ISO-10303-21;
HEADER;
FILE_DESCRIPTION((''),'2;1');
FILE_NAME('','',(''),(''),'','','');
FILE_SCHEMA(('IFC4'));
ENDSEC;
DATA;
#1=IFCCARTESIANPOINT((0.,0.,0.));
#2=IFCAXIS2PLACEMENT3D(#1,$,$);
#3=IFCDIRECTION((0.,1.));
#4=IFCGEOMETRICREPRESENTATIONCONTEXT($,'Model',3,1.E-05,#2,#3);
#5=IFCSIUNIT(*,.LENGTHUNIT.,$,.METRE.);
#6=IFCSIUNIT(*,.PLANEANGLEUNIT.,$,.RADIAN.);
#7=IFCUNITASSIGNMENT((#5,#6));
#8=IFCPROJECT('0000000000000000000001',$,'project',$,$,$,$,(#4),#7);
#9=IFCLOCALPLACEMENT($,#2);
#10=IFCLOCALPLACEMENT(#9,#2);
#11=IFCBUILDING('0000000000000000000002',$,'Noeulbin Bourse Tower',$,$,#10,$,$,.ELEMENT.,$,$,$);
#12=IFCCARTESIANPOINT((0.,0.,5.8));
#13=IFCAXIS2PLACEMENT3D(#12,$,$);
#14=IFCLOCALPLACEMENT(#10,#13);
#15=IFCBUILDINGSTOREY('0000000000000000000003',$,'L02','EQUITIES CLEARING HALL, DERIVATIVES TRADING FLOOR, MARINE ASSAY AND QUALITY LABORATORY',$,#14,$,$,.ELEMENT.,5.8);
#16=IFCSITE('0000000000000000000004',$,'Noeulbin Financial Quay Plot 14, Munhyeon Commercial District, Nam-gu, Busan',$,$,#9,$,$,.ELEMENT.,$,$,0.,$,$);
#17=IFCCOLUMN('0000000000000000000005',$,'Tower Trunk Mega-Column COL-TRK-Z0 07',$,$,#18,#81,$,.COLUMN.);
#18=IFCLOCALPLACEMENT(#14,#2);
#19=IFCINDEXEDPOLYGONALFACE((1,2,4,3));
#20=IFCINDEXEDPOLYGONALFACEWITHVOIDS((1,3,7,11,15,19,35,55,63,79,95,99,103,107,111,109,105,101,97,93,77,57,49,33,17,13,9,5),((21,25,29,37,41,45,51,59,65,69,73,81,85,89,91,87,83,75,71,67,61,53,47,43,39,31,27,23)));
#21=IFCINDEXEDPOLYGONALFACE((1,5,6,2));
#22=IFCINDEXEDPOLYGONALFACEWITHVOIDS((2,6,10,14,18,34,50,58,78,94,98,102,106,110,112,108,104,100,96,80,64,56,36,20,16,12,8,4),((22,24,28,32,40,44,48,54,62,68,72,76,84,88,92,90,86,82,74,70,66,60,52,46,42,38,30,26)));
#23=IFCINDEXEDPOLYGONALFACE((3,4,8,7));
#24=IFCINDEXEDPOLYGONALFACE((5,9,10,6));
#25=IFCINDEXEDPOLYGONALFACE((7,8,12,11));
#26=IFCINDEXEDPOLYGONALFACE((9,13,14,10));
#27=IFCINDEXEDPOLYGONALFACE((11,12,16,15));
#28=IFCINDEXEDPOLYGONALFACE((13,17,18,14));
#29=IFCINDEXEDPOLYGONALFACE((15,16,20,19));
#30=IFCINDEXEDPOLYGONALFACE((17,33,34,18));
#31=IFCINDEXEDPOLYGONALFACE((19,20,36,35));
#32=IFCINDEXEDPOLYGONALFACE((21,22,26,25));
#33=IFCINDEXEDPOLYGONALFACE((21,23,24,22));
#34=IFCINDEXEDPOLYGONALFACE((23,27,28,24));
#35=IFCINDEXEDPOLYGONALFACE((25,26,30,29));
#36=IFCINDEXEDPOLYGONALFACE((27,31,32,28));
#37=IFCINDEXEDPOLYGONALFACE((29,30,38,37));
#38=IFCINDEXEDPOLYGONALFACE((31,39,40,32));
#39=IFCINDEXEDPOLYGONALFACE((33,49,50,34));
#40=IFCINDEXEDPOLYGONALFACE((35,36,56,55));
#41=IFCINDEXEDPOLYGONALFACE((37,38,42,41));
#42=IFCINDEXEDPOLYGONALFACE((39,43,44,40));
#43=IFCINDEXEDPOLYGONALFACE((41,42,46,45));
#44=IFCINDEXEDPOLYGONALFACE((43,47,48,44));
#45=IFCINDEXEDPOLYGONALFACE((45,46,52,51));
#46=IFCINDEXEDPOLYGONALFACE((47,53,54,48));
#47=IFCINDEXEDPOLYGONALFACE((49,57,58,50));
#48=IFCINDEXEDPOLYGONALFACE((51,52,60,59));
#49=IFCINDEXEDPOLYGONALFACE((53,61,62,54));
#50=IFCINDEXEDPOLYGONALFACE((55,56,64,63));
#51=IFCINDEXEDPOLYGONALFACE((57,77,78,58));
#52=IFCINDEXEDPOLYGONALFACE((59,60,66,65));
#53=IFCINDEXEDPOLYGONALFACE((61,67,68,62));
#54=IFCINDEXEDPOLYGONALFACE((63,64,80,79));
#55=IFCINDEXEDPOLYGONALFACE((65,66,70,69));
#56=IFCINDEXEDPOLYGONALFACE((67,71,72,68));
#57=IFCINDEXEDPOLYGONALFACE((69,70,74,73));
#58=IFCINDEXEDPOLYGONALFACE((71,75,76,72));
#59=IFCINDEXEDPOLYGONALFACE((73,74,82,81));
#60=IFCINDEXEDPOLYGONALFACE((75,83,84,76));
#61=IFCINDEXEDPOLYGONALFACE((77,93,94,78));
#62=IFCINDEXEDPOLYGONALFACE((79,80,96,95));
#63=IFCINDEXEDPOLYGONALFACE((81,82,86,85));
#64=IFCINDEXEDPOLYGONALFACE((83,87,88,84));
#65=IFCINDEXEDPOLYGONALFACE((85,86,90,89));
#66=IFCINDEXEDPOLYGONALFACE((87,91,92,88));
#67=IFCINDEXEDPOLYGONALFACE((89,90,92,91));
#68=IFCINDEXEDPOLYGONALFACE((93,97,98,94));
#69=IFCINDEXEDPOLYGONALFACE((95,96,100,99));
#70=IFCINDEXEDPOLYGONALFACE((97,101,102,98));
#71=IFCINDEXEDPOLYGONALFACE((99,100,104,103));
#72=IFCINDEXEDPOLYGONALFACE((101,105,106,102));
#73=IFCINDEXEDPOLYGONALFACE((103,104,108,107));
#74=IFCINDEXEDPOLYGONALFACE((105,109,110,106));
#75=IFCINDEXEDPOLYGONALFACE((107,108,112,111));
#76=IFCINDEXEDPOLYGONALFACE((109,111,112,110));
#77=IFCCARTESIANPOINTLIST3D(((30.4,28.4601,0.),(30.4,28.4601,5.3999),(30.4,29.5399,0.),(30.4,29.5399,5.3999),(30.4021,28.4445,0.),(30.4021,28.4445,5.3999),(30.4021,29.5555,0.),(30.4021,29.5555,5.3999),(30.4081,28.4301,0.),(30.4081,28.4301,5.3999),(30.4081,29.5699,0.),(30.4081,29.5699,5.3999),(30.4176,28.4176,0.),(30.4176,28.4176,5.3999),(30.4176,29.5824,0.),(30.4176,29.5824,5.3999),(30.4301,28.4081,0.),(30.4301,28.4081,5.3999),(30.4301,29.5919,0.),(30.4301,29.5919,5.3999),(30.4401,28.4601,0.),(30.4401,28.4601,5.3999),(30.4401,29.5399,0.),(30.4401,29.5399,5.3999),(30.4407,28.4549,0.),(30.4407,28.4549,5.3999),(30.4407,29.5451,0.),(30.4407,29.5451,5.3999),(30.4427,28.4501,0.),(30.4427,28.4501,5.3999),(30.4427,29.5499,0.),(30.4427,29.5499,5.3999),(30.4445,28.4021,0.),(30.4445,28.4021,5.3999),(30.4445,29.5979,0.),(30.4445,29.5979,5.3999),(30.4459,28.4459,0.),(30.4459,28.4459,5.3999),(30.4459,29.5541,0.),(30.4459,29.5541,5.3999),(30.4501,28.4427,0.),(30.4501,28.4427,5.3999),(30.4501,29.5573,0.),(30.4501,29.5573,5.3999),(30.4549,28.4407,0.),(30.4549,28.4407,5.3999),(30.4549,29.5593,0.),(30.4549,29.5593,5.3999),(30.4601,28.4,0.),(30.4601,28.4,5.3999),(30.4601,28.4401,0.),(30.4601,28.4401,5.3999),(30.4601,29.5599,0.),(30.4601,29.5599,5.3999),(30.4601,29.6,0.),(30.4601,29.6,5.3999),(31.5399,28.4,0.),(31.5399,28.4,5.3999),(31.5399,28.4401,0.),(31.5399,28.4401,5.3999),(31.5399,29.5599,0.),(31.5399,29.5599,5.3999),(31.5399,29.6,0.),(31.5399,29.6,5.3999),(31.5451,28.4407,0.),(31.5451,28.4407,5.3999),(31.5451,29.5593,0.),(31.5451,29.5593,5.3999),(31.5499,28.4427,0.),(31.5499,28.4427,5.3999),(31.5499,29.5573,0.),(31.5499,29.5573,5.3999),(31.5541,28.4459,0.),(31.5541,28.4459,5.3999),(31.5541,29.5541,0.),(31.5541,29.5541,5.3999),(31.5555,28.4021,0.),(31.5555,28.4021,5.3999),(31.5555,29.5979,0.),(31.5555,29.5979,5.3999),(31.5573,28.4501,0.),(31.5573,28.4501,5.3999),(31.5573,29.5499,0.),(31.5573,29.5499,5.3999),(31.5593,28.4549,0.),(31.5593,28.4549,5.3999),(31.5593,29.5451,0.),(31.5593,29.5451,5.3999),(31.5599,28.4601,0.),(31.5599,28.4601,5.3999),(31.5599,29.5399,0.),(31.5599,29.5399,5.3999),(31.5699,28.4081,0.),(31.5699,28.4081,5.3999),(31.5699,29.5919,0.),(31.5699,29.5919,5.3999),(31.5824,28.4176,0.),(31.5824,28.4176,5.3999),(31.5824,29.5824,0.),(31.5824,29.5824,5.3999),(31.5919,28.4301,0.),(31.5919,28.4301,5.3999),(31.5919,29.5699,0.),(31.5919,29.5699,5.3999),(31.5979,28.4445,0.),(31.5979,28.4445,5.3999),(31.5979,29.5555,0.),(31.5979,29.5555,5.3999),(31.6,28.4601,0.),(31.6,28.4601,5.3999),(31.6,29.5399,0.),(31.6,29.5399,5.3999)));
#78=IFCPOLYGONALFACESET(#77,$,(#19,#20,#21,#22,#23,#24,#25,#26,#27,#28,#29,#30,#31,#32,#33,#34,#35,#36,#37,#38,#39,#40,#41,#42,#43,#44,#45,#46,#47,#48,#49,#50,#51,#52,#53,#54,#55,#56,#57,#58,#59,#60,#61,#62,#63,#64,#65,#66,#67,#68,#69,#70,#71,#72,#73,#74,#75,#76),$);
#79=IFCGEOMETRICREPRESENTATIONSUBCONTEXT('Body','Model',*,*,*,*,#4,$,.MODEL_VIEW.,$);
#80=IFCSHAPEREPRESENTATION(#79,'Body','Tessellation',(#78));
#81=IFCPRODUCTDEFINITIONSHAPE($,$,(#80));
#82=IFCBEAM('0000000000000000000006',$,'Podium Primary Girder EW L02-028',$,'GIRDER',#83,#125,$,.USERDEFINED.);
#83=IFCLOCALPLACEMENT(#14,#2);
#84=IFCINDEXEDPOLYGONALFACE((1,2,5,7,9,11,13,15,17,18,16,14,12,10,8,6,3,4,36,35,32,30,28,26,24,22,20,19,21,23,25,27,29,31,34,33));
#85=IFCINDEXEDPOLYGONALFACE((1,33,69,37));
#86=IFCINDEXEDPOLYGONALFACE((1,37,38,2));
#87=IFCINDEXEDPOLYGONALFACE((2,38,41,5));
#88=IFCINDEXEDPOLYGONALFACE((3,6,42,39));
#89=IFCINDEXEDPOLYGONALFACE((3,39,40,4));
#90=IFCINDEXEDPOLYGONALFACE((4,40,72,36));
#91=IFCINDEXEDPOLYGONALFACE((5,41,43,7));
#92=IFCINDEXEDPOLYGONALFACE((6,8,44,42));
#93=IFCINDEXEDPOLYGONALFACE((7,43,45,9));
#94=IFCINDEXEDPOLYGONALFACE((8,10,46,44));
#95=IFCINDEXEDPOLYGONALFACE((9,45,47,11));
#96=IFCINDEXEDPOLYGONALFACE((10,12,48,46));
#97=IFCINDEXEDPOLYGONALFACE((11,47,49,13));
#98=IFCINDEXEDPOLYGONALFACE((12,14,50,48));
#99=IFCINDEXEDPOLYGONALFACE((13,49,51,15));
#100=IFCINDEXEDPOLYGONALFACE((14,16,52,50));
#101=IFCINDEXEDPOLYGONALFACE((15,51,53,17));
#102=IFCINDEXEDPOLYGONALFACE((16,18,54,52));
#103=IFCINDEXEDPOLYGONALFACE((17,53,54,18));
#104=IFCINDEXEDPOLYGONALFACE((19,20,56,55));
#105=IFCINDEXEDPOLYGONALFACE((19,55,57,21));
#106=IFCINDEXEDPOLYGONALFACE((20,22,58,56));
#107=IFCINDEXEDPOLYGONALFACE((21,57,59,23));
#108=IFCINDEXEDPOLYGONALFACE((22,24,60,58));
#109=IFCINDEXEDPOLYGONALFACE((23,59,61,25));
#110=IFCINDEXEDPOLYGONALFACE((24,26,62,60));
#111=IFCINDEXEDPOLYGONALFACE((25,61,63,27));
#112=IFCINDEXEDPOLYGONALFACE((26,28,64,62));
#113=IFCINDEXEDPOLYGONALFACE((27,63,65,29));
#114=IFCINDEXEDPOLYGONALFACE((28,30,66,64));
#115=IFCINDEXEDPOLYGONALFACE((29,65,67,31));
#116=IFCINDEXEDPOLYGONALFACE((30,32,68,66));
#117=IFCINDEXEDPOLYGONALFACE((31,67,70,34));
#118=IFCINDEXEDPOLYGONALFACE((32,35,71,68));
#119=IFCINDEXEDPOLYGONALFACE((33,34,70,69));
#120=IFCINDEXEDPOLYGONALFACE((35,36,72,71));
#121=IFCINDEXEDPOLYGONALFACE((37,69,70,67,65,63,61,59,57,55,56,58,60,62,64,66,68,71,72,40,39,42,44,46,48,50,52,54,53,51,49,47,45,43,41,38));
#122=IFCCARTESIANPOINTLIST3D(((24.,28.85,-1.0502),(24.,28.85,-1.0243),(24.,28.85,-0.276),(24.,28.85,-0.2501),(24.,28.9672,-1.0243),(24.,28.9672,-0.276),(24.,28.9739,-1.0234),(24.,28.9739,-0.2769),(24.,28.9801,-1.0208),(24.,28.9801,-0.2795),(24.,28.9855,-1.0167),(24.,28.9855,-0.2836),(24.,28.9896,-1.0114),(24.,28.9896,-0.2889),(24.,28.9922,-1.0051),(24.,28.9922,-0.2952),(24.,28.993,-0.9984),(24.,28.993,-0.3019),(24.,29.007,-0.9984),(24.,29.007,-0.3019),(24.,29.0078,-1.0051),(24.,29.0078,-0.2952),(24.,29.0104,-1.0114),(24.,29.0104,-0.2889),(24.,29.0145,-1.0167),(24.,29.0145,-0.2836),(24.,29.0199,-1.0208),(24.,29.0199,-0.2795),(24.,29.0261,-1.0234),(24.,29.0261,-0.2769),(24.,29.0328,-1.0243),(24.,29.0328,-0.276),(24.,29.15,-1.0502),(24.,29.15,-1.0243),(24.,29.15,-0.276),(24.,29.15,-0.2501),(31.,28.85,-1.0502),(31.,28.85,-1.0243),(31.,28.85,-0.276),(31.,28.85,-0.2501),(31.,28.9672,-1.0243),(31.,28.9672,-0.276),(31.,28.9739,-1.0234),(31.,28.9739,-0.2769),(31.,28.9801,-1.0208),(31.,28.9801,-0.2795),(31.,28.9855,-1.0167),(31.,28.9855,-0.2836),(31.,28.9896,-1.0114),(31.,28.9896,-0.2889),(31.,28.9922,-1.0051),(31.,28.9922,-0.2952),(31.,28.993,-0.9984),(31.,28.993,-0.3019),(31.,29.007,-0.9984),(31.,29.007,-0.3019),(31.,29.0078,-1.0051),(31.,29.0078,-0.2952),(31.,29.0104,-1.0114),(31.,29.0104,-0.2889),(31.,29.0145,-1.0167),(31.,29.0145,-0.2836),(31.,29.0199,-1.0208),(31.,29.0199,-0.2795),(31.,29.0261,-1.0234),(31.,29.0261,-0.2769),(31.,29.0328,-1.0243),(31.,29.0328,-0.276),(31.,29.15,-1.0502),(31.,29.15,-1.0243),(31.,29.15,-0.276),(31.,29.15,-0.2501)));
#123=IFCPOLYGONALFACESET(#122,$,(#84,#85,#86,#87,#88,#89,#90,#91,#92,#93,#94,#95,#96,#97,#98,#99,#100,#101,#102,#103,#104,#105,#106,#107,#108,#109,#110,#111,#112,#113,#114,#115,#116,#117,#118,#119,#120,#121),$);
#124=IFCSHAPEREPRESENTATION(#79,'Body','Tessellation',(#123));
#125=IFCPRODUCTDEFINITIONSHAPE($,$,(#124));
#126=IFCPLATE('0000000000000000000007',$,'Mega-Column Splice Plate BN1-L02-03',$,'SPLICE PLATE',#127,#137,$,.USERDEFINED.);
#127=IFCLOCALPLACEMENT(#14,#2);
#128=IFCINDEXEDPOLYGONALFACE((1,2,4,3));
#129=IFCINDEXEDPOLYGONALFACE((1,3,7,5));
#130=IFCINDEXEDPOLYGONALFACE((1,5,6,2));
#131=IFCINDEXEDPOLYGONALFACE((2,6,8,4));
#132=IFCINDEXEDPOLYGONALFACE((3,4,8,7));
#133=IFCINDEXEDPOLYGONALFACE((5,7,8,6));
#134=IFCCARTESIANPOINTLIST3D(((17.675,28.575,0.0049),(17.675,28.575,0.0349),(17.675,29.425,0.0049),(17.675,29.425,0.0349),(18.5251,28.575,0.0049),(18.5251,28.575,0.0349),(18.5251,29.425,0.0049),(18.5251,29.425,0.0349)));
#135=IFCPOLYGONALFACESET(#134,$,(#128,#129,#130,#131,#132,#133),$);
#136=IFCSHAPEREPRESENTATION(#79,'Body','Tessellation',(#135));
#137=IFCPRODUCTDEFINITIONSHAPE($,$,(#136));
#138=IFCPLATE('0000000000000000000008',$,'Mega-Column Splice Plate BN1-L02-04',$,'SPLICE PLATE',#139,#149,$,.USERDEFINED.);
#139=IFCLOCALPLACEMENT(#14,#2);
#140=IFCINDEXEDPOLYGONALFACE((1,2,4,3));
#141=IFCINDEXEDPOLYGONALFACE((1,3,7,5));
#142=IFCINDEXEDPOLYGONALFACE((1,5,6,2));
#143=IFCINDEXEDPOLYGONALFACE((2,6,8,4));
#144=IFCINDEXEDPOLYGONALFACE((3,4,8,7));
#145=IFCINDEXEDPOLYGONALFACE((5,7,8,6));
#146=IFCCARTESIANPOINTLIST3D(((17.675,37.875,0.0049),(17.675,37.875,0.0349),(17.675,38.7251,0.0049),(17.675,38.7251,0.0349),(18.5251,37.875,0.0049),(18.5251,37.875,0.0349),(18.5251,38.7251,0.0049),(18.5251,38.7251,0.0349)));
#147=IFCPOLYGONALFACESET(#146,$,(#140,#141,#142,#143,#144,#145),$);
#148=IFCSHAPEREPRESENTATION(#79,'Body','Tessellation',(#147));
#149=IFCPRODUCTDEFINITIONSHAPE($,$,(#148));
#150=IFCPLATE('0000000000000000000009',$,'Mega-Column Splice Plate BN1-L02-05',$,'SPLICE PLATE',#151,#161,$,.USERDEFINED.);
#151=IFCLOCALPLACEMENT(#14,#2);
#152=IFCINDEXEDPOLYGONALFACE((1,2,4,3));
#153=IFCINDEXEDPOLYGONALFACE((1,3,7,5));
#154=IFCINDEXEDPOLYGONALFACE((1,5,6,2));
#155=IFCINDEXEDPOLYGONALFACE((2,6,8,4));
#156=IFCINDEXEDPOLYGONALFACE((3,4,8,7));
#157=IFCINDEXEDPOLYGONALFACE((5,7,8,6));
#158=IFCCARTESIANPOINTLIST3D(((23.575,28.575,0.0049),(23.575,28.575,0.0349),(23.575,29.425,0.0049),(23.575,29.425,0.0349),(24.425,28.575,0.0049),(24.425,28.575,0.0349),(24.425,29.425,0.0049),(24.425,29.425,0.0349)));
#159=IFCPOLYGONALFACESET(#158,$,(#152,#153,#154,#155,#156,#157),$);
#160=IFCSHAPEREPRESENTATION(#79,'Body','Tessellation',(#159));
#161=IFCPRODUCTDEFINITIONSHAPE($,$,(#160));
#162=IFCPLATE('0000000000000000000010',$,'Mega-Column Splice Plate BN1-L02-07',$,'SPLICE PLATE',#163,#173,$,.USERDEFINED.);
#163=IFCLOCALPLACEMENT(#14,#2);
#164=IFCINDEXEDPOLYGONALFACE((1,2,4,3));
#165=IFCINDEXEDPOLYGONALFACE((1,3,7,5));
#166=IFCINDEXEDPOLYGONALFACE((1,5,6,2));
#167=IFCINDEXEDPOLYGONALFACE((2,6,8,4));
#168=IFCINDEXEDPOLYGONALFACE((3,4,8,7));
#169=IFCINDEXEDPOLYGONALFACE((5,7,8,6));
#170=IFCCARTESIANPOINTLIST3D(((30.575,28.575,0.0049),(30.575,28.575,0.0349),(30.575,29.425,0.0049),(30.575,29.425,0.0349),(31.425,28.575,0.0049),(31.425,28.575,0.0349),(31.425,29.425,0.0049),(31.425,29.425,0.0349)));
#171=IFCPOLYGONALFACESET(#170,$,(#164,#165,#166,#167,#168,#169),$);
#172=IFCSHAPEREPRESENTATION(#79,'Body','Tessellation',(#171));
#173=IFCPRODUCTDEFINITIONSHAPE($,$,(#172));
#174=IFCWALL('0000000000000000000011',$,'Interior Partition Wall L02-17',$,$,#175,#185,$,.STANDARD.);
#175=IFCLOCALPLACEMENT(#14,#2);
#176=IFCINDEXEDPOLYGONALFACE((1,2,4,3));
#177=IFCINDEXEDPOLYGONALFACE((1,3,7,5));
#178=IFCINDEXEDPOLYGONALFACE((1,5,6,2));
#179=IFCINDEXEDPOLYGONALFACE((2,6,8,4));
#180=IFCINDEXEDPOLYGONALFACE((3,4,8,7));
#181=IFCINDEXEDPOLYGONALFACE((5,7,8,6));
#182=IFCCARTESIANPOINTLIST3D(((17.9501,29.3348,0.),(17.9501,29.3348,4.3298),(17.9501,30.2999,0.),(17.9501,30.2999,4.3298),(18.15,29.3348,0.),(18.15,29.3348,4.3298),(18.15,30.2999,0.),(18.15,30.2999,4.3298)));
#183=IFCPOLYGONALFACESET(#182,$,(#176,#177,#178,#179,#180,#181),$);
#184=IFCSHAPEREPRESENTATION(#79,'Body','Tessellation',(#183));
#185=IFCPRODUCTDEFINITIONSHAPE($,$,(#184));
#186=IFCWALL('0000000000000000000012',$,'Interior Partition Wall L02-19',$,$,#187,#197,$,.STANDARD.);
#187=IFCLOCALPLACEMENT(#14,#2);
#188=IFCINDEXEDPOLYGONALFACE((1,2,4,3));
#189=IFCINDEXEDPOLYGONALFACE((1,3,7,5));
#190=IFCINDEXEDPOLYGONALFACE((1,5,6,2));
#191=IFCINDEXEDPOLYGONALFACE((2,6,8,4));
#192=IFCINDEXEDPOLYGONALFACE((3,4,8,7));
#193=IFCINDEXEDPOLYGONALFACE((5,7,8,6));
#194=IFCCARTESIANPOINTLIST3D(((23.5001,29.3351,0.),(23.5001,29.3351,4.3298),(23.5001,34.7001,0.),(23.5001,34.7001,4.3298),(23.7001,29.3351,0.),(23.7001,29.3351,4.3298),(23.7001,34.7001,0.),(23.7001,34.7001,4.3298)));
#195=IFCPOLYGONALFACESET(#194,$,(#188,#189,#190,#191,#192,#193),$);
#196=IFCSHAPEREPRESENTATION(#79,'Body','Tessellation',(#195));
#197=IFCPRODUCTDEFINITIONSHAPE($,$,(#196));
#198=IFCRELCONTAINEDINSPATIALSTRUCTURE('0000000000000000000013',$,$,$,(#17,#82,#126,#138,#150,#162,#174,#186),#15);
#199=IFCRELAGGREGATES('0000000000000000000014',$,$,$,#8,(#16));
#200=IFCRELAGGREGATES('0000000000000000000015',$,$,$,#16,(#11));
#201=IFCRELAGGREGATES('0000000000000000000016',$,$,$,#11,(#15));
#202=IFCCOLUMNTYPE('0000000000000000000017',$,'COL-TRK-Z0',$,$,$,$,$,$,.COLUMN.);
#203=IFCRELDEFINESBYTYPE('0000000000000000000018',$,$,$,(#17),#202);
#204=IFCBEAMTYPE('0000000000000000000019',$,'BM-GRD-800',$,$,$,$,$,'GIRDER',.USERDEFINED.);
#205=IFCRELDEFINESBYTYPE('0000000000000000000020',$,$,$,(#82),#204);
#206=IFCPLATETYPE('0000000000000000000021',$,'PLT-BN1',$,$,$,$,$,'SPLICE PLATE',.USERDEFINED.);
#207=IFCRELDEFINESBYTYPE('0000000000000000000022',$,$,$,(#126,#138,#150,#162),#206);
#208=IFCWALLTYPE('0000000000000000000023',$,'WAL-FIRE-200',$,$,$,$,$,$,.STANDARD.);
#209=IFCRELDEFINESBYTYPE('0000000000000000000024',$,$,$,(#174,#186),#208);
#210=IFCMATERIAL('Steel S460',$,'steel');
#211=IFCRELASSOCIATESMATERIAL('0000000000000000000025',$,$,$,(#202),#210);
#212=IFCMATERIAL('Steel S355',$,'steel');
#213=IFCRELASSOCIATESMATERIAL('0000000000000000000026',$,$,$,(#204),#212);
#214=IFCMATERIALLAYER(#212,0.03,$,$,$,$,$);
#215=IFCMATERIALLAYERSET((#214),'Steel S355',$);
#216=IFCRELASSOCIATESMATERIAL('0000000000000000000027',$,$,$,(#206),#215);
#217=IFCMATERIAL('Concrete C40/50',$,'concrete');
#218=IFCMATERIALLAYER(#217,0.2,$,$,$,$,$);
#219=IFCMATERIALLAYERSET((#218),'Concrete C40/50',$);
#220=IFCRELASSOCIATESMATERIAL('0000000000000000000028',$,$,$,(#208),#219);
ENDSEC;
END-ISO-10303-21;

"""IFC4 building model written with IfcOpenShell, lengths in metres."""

from ifc_helpers import new_model, si_unit, direction, frame, frame_2d, origin, origin_2d, place, context, subcontext, project, spatial, rectangle, hollow_rectangle, i_section, extrude, material, layer, layer_set, material_profile, profile_set, type_object, element, save


model = new_model("IFC4")

# Units and contexts
model_context = context("Model", 3, precision=1e-05, world=origin(), true_north=direction((0.0, 1.0)))
body_context = subcontext(model_context, "Body", "Model", "MODEL_VIEW")
ifc_project = project(units=[si_unit("LENGTHUNIT", "METRE"), si_unit("PLANEANGLEUNIT", "RADIAN")], contexts=[model_context])

# Site, building, storey
site_placement = place(None, origin())
site = spatial("IfcSite", under=ifc_project, at=site_placement, Name="Noeulbin Financial Quay Plot 14, Munhyeon Commercial District, Nam-gu, Busan", CompositionType="ELEMENT", RefElevation=0.0)
building_placement = place(site_placement, origin())
building = spatial("IfcBuilding", under=site, at=building_placement, Name="Noeulbin Bourse Tower", CompositionType="ELEMENT")
storey_placement = place(building_placement, frame((0.0, 0.0, 5.8)))
storey = spatial("IfcBuildingStorey", under=building, at=storey_placement, Name="L02", Description="EQUITIES CLEARING HALL, DERIVATIVES TRADING FLOOR, MARINE ASSAY AND QUALITY LABORATORY", CompositionType="ELEMENT", Elevation=5.8)

# Column
ifc_material_1 = material(Name="Steel S460", Category="steel")
ifc_material_profile_1 = material_profile(ifc_material_1, hollow_rectangle(XDim=1.2, YDim=1.2, WallThickness=0.04, InnerFilletRadius=0.02, OuterFilletRadius=0.0601, at=origin_2d()), Name="BOX-1200x1200x40", Category="LoadBearing")
ifc_profile_set_1 = profile_set([ifc_material_profile_1], Name="Steel S460")
column_type = type_object("IfcColumnType", Name="COL-TRK-Z0", PredefinedType="COLUMN", material=ifc_profile_set_1)
for number, where, z_axis, x_axis, name in (
    (1, (31.0, 29.0, 0.0), (0.0, 0.0, 1.0), (1.0, 0.0, 0.0), "Tower Trunk Mega-Column COL-TRK-Z0 07"),
):
    element("IfcColumn", number, at=place(storey_placement, frame(where, z_axis=z_axis, x_axis=x_axis)), inside=storey, type_object=column_type, Name=name, PredefinedType="COLUMN", context=body_context, shape_type="SweptSolid", body=[
        extrude(hollow_rectangle(XDim=1.2, YDim=1.2, WallThickness=0.04, InnerFilletRadius=0.02, OuterFilletRadius=0.0601, at=origin_2d()), origin(), (0.0, 0.0, 1.0), 5.3999),
    ])

# Beam
ifc_material_2 = material(Name="Steel S355", Category="steel")
ifc_material_profile_2 = material_profile(ifc_material_2, i_section(OverallWidth=0.3, OverallDepth=0.8, WebThickness=0.0139, FlangeThickness=0.0259, FilletRadius=0.0259, at=origin_2d()), Name="H-800x300x14x26", Category="LoadBearing")
ifc_profile_set_2 = profile_set([ifc_material_profile_2], Name="Steel S355")
beam_type = type_object("IfcBeamType", Name="BM-GRD-800", ElementType="GIRDER", PredefinedType="USERDEFINED", material=ifc_profile_set_2)
beam_placement = place(storey_placement, frame((24.0, 29.0, -0.6501), z_axis=(1.0, 0.0, 0.0), x_axis=(0.0, 1.0, 0.0)))
element("IfcBeam", 2, at=beam_placement, inside=storey, type_object=beam_type, Name="Podium Primary Girder EW L02-028", ObjectType="GIRDER", PredefinedType="USERDEFINED", context=body_context, shape_type="SweptSolid", body=[
    extrude(i_section(OverallWidth=0.3, OverallDepth=0.8, WebThickness=0.0139, FlangeThickness=0.0259, FilletRadius=0.0259, at=origin_2d()), origin(), (0.0, 0.0, 1.0), 7.0),
])

# Plates
ifc_layer_1 = layer(ifc_material_2, 0.03)
ifc_layer_set_1 = layer_set([ifc_layer_1], Name="Steel S355")
plate_type = type_object("IfcPlateType", Name="PLT-BN1", ElementType="SPLICE PLATE", PredefinedType="USERDEFINED", material=ifc_layer_set_1)
for number, where, z_axis, x_axis, name in (
    (3, (18.1001, 29.0, 0.0049), (0.0, 0.0, 1.0), (1.0, 0.0, 0.0), "Mega-Column Splice Plate BN1-L02-03"),
    (4, (18.1001, 38.3, 0.0049), (0.0, 0.0, 1.0), (1.0, 0.0, 0.0), "Mega-Column Splice Plate BN1-L02-04"),
    (5, (24.0, 29.0, 0.0049), (0.0, 0.0, 1.0), (1.0, 0.0, 0.0), "Mega-Column Splice Plate BN1-L02-05"),
    (6, (31.0, 29.0, 0.0049), (0.0, 0.0, 1.0), (1.0, 0.0, 0.0), "Mega-Column Splice Plate BN1-L02-07"),
):
    element("IfcPlate", number, at=place(storey_placement, frame(where, z_axis=z_axis, x_axis=x_axis)), inside=storey, type_object=plate_type, Name=name, ObjectType="SPLICE PLATE", PredefinedType="USERDEFINED", context=body_context, shape_type="SweptSolid", body=[
        extrude(rectangle(XDim=0.8501, YDim=0.8501, at=origin_2d()), origin(), (0.0, 0.0, 1.0), 0.03),
    ])

# Walls
ifc_material_3 = material(Name="Concrete C40/50", Category="concrete")
ifc_layer_2 = layer(ifc_material_3, 0.2)
ifc_layer_set_2 = layer_set([ifc_layer_2], Name="Concrete C40/50")
wall_type_1 = type_object("IfcWallType", Name="WAL-FIRE-200", PredefinedType="STANDARD", material=ifc_layer_set_2)
wall_1_placement = place(storey_placement, frame((18.05, 29.335, 0.0), z_axis=(0.0, 0.0, 1.0), x_axis=(0.0, 1.0, 0.0)))
element("IfcWall", 7, at=wall_1_placement, inside=storey, type_object=wall_type_1, Name="Interior Partition Wall L02-17", PredefinedType="STANDARD", context=body_context, shape_type="SweptSolid", body=[
    extrude(rectangle(XDim=0.9651, YDim=0.2, at=frame_2d((0.4824, 0.0))), origin(), (0.0, 0.0, 1.0), 4.3298),
])
wall_2_placement = place(storey_placement, frame((23.6001, 29.335, 0.0), z_axis=(0.0, 0.0, 1.0), x_axis=(0.0, 1.0, 0.0)))
element("IfcWall", 8, at=wall_2_placement, inside=storey, type_object=wall_type_1, Name="Interior Partition Wall L02-19", PredefinedType="STANDARD", context=body_context, shape_type="SweptSolid", body=[
    extrude(rectangle(XDim=5.365, YDim=0.2, at=frame_2d((2.6826, 0.0))), origin(), (0.0, 0.0, 1.0), 4.3298),
])

save(model, "model.ifc")
